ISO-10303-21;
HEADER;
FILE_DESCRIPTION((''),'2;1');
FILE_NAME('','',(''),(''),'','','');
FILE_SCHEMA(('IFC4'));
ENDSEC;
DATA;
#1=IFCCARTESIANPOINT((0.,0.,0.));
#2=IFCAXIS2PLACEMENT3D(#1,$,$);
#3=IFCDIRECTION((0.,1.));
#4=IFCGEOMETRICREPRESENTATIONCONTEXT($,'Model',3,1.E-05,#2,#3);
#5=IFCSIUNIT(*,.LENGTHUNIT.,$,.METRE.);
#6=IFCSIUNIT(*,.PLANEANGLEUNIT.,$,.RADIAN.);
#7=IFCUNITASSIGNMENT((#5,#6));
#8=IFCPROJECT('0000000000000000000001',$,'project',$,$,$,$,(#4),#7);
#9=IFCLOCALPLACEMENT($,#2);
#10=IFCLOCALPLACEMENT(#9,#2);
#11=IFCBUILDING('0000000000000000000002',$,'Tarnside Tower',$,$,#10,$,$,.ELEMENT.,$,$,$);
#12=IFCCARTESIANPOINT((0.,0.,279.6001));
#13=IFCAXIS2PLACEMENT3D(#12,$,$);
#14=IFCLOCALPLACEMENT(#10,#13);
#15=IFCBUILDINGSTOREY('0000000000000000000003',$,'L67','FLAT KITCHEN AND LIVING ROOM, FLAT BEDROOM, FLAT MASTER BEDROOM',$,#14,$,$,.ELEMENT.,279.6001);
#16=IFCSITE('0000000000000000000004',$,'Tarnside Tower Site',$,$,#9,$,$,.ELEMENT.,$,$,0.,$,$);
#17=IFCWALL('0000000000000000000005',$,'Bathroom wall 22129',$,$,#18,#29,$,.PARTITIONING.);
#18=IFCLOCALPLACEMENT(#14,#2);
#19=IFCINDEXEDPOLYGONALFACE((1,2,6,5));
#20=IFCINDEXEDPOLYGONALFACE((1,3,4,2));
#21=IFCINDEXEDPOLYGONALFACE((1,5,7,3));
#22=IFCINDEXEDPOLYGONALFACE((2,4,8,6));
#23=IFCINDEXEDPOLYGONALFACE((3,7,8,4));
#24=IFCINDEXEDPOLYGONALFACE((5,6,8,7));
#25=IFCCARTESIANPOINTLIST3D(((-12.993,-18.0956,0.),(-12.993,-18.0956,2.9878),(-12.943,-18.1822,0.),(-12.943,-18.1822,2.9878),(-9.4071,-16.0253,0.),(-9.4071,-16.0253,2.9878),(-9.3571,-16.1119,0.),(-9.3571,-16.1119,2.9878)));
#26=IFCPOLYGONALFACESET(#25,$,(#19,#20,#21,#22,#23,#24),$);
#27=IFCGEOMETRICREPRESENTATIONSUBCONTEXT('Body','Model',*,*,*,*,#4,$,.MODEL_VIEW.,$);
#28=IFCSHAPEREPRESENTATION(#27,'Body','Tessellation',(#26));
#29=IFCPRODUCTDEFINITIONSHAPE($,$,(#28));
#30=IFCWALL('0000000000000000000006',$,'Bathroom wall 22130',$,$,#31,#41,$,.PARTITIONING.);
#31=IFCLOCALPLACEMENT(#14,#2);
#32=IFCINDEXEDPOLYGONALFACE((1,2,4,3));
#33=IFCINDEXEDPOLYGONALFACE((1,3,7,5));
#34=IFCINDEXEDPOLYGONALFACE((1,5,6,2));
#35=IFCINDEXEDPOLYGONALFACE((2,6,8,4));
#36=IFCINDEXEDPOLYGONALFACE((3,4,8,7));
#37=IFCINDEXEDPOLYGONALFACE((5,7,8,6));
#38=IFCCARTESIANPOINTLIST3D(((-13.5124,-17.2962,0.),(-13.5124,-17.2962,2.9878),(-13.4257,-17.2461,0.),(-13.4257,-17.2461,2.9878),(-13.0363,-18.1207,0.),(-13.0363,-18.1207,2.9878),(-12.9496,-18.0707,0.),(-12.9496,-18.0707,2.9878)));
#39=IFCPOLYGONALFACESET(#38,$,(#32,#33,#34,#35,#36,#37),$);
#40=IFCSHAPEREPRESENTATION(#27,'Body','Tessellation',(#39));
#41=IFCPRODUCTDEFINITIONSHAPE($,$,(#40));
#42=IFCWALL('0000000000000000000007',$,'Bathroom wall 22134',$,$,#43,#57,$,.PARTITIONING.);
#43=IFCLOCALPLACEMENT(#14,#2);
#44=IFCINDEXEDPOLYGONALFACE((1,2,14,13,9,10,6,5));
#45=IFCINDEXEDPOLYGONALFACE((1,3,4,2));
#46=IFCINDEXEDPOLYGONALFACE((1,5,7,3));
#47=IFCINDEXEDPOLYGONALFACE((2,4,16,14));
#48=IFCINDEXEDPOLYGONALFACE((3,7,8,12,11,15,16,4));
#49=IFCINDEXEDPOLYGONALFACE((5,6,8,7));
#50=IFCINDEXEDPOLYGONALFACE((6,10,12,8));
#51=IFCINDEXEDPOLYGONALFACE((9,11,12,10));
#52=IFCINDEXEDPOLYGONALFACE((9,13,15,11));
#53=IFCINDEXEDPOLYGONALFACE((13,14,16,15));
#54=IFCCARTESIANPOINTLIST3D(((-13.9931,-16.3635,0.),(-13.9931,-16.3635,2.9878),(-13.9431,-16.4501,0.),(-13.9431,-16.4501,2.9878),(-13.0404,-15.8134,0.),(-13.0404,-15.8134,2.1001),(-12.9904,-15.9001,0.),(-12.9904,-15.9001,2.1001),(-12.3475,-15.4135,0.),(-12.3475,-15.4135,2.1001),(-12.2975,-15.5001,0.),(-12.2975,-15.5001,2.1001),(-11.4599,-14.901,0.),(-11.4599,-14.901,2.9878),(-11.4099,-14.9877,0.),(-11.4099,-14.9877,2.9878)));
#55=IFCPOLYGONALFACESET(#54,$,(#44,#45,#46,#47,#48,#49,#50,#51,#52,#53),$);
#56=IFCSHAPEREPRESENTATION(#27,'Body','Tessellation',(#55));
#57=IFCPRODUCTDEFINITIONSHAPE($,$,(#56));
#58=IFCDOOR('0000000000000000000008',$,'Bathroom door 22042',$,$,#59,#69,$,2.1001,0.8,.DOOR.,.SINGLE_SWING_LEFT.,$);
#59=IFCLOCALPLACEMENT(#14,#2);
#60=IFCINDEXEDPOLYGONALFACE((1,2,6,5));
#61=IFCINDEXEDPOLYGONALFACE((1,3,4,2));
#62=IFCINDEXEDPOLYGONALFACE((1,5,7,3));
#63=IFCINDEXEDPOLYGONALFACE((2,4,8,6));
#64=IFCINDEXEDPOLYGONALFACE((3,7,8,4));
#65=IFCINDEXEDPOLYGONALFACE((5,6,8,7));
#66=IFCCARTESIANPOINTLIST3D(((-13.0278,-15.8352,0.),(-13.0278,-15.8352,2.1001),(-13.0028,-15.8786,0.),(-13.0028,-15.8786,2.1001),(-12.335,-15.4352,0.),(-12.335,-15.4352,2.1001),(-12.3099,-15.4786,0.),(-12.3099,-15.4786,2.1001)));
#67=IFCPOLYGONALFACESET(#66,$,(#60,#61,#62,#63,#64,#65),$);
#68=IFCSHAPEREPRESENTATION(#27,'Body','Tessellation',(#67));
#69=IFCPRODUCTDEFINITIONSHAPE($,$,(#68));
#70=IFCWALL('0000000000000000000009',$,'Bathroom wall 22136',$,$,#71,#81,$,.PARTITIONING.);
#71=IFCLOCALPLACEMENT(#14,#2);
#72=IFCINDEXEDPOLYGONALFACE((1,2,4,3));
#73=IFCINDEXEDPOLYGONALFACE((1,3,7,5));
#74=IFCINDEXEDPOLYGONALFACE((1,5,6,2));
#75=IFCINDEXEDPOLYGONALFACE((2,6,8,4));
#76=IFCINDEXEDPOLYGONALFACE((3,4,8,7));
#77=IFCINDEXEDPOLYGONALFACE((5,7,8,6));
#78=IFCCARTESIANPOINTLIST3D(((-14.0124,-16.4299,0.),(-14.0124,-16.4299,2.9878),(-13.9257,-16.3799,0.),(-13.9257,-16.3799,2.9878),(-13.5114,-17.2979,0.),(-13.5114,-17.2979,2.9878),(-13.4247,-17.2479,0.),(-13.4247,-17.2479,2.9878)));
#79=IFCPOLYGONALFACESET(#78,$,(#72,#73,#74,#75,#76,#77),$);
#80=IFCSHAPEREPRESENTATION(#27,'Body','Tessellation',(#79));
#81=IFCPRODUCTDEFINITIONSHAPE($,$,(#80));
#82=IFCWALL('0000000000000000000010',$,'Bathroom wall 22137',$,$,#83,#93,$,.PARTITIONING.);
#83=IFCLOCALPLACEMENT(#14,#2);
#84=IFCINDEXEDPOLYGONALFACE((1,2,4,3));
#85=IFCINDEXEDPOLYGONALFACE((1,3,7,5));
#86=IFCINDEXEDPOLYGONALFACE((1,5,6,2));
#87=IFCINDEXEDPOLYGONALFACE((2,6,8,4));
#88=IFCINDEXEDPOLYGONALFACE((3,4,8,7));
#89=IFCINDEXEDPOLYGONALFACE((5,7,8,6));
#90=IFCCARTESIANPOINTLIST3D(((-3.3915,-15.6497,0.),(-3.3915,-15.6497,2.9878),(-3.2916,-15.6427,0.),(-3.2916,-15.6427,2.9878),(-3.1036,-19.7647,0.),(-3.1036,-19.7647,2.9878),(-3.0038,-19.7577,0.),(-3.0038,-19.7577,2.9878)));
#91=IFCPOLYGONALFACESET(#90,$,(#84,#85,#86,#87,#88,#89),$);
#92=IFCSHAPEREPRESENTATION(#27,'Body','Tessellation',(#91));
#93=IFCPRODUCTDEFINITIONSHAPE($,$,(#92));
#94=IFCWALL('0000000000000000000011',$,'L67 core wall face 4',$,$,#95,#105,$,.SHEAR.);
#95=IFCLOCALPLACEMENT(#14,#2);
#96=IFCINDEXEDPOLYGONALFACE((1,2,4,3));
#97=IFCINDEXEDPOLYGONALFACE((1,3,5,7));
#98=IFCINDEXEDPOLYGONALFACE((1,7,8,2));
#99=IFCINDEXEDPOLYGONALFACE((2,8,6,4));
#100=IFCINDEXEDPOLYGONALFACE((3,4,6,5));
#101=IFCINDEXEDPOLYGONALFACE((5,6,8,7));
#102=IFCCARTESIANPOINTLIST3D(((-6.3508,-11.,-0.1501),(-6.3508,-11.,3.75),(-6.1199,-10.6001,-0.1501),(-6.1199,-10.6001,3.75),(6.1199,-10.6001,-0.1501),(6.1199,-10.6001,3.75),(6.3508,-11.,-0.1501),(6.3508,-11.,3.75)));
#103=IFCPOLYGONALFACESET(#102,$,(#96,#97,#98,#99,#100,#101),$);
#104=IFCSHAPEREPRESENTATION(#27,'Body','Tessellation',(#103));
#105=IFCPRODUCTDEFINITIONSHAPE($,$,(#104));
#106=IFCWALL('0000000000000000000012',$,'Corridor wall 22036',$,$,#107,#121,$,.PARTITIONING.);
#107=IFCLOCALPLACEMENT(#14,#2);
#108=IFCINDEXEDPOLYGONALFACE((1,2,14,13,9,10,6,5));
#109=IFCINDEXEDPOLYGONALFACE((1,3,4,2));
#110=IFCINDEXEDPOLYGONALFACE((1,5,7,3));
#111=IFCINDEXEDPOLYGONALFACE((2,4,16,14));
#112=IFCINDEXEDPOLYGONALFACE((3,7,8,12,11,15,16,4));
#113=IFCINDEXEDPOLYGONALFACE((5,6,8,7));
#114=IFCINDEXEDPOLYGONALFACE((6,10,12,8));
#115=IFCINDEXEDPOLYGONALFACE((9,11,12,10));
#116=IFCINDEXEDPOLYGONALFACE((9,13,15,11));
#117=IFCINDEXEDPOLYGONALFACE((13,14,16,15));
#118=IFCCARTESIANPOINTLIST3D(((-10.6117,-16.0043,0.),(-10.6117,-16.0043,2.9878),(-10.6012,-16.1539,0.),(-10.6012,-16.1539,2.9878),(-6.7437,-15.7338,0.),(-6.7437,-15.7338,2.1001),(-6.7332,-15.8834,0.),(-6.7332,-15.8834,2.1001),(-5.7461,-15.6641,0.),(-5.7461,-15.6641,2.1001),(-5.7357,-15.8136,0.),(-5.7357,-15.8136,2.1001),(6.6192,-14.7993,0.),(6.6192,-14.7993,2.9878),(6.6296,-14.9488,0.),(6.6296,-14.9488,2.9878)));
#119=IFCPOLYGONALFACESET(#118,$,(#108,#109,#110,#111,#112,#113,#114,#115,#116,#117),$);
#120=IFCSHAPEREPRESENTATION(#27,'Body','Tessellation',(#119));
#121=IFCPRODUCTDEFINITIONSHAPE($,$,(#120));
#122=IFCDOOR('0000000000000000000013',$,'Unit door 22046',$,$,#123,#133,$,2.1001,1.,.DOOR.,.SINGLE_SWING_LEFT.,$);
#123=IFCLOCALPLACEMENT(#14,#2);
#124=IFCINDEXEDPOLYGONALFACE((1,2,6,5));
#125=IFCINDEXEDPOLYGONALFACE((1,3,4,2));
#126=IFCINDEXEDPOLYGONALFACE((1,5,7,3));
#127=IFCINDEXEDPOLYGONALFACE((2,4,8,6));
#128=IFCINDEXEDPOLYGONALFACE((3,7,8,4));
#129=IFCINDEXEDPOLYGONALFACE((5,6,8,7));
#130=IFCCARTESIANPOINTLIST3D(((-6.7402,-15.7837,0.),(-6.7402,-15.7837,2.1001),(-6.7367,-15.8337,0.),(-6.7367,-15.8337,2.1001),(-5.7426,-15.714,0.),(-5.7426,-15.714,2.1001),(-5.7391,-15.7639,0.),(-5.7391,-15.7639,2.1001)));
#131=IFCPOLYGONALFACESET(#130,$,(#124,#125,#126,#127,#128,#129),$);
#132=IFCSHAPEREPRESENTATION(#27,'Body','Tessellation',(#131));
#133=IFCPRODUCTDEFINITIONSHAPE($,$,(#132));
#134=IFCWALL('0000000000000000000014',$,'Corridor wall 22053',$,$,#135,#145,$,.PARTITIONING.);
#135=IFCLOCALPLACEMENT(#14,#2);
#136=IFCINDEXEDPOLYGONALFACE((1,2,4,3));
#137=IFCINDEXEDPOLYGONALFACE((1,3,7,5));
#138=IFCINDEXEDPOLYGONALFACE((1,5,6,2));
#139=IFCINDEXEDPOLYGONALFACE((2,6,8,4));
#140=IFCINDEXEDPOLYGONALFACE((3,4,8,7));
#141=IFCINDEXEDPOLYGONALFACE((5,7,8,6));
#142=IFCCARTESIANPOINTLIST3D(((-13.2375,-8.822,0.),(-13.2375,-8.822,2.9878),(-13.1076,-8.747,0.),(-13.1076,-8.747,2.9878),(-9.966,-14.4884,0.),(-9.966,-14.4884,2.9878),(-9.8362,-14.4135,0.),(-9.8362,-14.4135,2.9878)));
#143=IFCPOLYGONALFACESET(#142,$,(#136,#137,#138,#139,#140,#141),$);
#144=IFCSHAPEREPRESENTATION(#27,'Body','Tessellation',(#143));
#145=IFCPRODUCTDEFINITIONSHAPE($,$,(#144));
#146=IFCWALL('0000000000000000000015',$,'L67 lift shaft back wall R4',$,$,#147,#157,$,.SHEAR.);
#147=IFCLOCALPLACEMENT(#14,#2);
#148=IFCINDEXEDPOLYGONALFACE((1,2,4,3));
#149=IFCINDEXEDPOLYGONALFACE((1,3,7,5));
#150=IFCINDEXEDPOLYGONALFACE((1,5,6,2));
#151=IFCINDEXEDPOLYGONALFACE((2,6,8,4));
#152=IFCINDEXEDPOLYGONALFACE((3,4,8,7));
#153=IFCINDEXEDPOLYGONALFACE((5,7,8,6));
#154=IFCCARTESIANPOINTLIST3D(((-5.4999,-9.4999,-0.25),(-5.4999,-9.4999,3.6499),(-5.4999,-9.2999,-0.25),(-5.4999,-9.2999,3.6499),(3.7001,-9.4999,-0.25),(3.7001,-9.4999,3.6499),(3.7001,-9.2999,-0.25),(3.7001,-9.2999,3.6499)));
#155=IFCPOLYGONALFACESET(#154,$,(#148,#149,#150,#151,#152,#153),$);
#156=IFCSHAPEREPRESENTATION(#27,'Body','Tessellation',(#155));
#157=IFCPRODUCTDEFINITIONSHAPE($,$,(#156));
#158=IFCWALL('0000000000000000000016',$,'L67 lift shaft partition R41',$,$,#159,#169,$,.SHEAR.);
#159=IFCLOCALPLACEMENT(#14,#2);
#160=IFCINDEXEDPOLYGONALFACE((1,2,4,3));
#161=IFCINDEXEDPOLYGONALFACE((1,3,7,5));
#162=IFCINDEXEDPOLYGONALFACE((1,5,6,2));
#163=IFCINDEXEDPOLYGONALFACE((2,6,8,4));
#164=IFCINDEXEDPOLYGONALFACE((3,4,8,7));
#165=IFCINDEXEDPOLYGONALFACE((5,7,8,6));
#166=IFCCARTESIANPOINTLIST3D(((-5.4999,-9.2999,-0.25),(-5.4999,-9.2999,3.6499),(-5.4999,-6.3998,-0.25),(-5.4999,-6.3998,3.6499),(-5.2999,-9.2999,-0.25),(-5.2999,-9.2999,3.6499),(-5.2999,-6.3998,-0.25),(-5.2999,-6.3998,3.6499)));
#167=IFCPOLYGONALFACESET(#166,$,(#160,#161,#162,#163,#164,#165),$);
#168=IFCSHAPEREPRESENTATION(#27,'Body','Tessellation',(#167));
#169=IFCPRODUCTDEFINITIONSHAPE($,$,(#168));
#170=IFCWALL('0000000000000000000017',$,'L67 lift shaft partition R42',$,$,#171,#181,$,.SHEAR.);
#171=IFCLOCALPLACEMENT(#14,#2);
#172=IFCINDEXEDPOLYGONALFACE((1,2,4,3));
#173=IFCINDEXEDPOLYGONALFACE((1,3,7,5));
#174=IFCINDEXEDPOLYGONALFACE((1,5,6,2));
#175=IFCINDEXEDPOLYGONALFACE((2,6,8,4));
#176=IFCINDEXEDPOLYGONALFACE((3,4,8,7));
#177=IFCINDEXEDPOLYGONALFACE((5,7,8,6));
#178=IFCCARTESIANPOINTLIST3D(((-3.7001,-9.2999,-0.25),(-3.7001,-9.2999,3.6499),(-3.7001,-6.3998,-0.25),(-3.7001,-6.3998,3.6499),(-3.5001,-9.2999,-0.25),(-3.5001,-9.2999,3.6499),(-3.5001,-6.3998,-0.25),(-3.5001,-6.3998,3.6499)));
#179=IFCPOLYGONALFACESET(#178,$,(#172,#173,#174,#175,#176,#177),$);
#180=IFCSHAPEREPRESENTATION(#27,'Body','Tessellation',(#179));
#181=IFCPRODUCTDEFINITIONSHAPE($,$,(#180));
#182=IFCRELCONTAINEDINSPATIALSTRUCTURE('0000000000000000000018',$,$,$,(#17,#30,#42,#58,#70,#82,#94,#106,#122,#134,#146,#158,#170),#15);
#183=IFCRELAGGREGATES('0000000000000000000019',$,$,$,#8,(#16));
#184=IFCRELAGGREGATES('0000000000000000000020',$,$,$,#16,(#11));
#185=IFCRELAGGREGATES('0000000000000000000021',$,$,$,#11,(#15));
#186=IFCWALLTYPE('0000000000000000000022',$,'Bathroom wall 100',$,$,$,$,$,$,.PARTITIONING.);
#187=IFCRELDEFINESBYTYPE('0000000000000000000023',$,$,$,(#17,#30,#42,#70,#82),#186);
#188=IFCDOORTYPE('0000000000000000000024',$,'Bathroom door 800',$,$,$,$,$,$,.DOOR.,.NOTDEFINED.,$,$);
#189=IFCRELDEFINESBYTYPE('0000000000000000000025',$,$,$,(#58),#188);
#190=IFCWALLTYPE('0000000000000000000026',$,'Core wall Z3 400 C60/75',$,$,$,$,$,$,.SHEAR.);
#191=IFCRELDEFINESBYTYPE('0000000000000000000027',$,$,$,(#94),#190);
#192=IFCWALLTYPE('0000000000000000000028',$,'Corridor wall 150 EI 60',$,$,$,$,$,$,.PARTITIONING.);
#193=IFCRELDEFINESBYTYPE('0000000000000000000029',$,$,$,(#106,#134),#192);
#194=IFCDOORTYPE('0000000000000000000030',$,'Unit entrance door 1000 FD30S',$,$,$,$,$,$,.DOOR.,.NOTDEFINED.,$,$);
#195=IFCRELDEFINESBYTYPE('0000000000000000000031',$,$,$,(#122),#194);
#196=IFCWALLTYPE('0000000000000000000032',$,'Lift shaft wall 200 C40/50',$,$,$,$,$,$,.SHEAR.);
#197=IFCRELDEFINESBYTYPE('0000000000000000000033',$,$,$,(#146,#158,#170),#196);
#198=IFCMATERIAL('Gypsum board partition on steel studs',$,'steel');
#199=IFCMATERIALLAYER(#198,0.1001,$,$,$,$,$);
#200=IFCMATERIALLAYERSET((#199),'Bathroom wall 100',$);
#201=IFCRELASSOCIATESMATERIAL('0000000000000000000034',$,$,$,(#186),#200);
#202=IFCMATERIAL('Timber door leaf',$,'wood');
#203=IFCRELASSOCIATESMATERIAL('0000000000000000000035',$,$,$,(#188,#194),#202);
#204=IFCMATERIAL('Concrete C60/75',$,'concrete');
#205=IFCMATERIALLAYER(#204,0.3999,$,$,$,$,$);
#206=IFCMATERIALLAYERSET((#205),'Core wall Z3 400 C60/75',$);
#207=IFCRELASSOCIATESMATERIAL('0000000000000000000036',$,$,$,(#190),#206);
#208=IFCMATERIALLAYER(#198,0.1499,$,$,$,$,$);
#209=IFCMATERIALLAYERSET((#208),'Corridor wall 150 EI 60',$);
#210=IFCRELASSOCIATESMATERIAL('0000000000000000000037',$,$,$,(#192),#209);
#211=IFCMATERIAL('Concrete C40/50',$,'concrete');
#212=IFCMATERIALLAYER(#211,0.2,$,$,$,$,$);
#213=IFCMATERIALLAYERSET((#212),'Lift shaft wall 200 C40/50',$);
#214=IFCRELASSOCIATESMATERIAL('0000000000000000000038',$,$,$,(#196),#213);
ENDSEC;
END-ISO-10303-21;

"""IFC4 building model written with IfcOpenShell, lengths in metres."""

from ifc_helpers import new_model, si_unit, direction, frame, frame_2d, origin, place, context, subcontext, project, spatial, polyline, rectangle, outline, extrude, material, layer, layer_set, type_object, element, fill, save


model = new_model("IFC4")

# Units and contexts
model_context = context("Model", 3, precision=1e-05, world=origin(), true_north=direction((0.0, 1.0)))
body_context = subcontext(model_context, "Body", "Model", "MODEL_VIEW")
ifc_project = project(units=[si_unit("LENGTHUNIT", "METRE"), si_unit("PLANEANGLEUNIT", "RADIAN")], contexts=[model_context])

# Site, building, storey
site_placement = place(None, origin())
site = spatial("IfcSite", under=ifc_project, at=site_placement, Name="Tarnside Tower Site", CompositionType="ELEMENT", RefElevation=0.0)
building_placement = place(site_placement, origin())
building = spatial("IfcBuilding", under=site, at=building_placement, Name="Tarnside Tower", CompositionType="ELEMENT")
storey_placement = place(building_placement, frame((0.0, 0.0, 279.6001)))
storey = spatial("IfcBuildingStorey", under=building, at=storey_placement, Name="L67", Description="FLAT KITCHEN AND LIVING ROOM, FLAT BEDROOM, FLAT MASTER BEDROOM", CompositionType="ELEMENT", Elevation=279.6001)

# Walls
ifc_material_1 = material(Name="Gypsum board partition on steel studs", Category="steel")
ifc_layer_1 = layer(ifc_material_1, 0.1001)
ifc_layer_set_1 = layer_set([ifc_layer_1], Name="Bathroom wall 100")
wall_type_1 = type_object("IfcWallType", Name="Bathroom wall 100", PredefinedType="PARTITIONING", material=ifc_layer_set_1)
wall_1_placement = place(storey_placement, frame((-9.3821, -16.0686, 0.0), z_axis=(0.0, 0.0, 1.0), x_axis=(-0.866028, -0.499995, 0.0)))
element("IfcWall", 1, at=wall_1_placement, inside=storey, type_object=wall_type_1, Name="Bathroom wall 22129", PredefinedType="PARTITIONING", context=body_context, shape_type="SweptSolid", body=[
    extrude(rectangle(XDim=4.1406, YDim=0.1001, at=frame_2d((2.0703, 0.0))), origin(), (0.0, 0.0, 1.0), 2.9878),
])
wall_2_placement = place(storey_placement, frame((-12.9929, -18.0957, 0.0), z_axis=(0.0, 0.0, 1.0), x_axis=(-0.500055, 0.865993, 0.0)))
element("IfcWall", 2, at=wall_2_placement, inside=storey, type_object=wall_type_1, Name="Bathroom wall 22130", PredefinedType="PARTITIONING", context=body_context, shape_type="SweptSolid", body=[
    extrude(rectangle(XDim=0.9521, YDim=0.1001, at=frame_2d((0.4761, 0.0))), origin(), (0.0, 0.0, 1.0), 2.9878),
])

# Wall, opening, door
wall_3_placement = place(storey_placement, frame((-13.968, -16.4067, 0.0), z_axis=(0.0, 0.0, 1.0), x_axis=(0.866047, 0.499963, 0.0)))
wall_3 = element("IfcWall", 3, at=wall_3_placement, inside=storey, type_object=wall_type_1, Name="Bathroom wall 22134", PredefinedType="PARTITIONING", context=body_context, shape_type="SweptSolid", body=[
    extrude(rectangle(XDim=2.925, YDim=0.1001, at=frame_2d((1.4624, 0.0))), origin(), (0.0, 0.0, 1.0), 2.9878),
])
opening_1_placement = place(wall_3_placement, frame((1.1001, 0.0, 0.0)))
opening_1 = element("IfcOpeningElement", 4, at=opening_1_placement, cuts=wall_3, PredefinedType="OPENING", context=body_context, shape_type="SweptSolid", body=[
    extrude(rectangle(XDim=0.8, YDim=2.1001, at=frame_2d((0.3999, 1.05))), frame((0.0, 0.0601, 0.0), z_axis=(0.0, -1.0, 0.0), x_axis=(1.0, 0.0, 0.0)), (0.0, 0.0, 1.0), 0.1201),
])
ifc_material_2 = material(Name="Timber door leaf", Category="wood")
door_type_1 = type_object("IfcDoorType", Name="Bathroom door 800", OperationType="NOTDEFINED", PredefinedType="DOOR", material=ifc_material_2)
door_1_placement = place(opening_1_placement, origin())
door_1 = element("IfcDoor", 5, at=door_1_placement, inside=storey, type_object=door_type_1, Name="Bathroom door 22042", OperationType="SINGLE_SWING_LEFT", OverallHeight=2.1001, OverallWidth=0.8, PredefinedType="DOOR", context=body_context, shape_type="SweptSolid", body=[
    extrude(rectangle(XDim=0.8, YDim=2.1001, at=frame_2d((0.3999, 1.05))), frame((0.0, 0.0249, 0.0), z_axis=(0.0, -1.0, 0.0), x_axis=(1.0, 0.0, 0.0)), (0.0, 0.0, 1.0), 0.05),
])
fill(opening_1, door_1)

# Walls
wall_4_placement = place(storey_placement, frame((-13.969, -16.405, 0.0), z_axis=(0.0, 0.0, 1.0), x_axis=(0.499912, -0.866076, 0.0)))
element("IfcWall", 6, at=wall_4_placement, inside=storey, type_object=wall_type_1, Name="Bathroom wall 22136", PredefinedType="PARTITIONING", context=body_context, shape_type="SweptSolid", body=[
    extrude(rectangle(XDim=1.0022, YDim=0.1001, at=frame_2d((0.501, 0.0))), origin(), (0.0, 0.0, 1.0), 2.9878),
])
wall_5_placement = place(storey_placement, frame((-3.3416, -15.6462, 0.0), z_axis=(0.0, 0.0, 1.0), x_axis=(0.069779, -0.997562, 0.0)))
element("IfcWall", 7, at=wall_5_placement, inside=storey, type_object=wall_type_1, Name="Bathroom wall 22137", PredefinedType="PARTITIONING", context=body_context, shape_type="SweptSolid", body=[
    extrude(rectangle(XDim=4.125, YDim=0.1001, at=frame_2d((2.0625, 0.0))), origin(), (0.0, 0.0, 1.0), 2.9878),
])
ifc_material_3 = material(Name="Concrete C60/75", Category="concrete")
ifc_layer_2 = layer(ifc_material_3, 0.3999)
ifc_layer_set_2 = layer_set([ifc_layer_2], Name="Core wall Z3 400 C60/75")
wall_type_2 = type_object("IfcWallType", Name="Core wall Z3 400 C60/75", PredefinedType="SHEAR", material=ifc_layer_set_2)
wall_6_placement = place(storey_placement, frame((-6.2354, -10.8, -0.1501), z_axis=(0.0, 0.0, 1.0), x_axis=(1.0, 0.0, 0.0)))
element("IfcWall", 8, at=wall_6_placement, inside=storey, type_object=wall_type_2, Name="L67 core wall face 4", PredefinedType="SHEAR", context=body_context, shape_type="SweptSolid", body=[
    extrude(outline(polyline([(-0.1155, -0.2), (12.5862, -0.2), (12.3552, 0.2), (0.1155, 0.2), (-0.1155, -0.2)])), origin(), (0.0, 0.0, 1.0), 3.9001),
])

# Wall, opening, door
ifc_layer_3 = layer(ifc_material_1, 0.1499)
ifc_layer_set_3 = layer_set([ifc_layer_3], Name="Corridor wall 150 EI 60")
wall_type_3 = type_object("IfcWallType", Name="Corridor wall 150 EI 60", PredefinedType="PARTITIONING", material=ifc_layer_set_3)
wall_7_placement = place(storey_placement, frame((-10.6064, -16.0791, 0.0), z_axis=(0.0, 0.0, 1.0), x_axis=(0.997563, 0.069766, 0.0)))
wall_7 = element("IfcWall", 9, at=wall_7_placement, inside=storey, type_object=wall_type_3, Name="Corridor wall 22036", PredefinedType="PARTITIONING", context=body_context, shape_type="SweptSolid", body=[
    extrude(rectangle(XDim=17.2729, YDim=0.1499, at=frame_2d((8.6365, 0.0))), origin(), (0.0, 0.0, 1.0), 2.9878),
])
opening_2_placement = place(wall_7_placement, frame((3.8774, 0.0, 0.0)))
opening_2 = element("IfcOpeningElement", 10, at=opening_2_placement, cuts=wall_7, PredefinedType="OPENING", context=body_context, shape_type="SweptSolid", body=[
    extrude(rectangle(XDim=1.0, YDim=2.1001, at=frame_2d((0.5, 1.05))), frame((0.0, 0.085, 0.0), z_axis=(0.0, -1.0, 0.0), x_axis=(1.0, 0.0, 0.0)), (0.0, 0.0, 1.0), 0.1699),
])
door_type_2 = type_object("IfcDoorType", Name="Unit entrance door 1000 FD30S", OperationType="NOTDEFINED", PredefinedType="DOOR", material=ifc_material_2)
door_2_placement = place(opening_2_placement, origin())
door_2 = element("IfcDoor", 11, at=door_2_placement, inside=storey, type_object=door_type_2, Name="Unit door 22046", OperationType="SINGLE_SWING_LEFT", OverallHeight=2.1001, OverallWidth=1.0, PredefinedType="DOOR", context=body_context, shape_type="SweptSolid", body=[
    extrude(rectangle(XDim=1.0, YDim=2.1001, at=frame_2d((0.5, 1.05))), frame((0.0, 0.0249, 0.0), z_axis=(0.0, -1.0, 0.0), x_axis=(1.0, 0.0, 0.0)), (0.0, 0.0, 1.0), 0.05),
])
fill(opening_2, door_2)

# Walls
wall_8_placement = place(storey_placement, frame((-9.9011, -14.4509, 0.0), z_axis=(0.0, 0.0, 1.0), x_axis=(-0.499992, 0.86603, 0.0)))
element("IfcWall", 12, at=wall_8_placement, inside=storey, type_object=wall_type_3, Name="Corridor wall 22053", PredefinedType="PARTITIONING", context=body_context, shape_type="SweptSolid", body=[
    extrude(rectangle(XDim=6.543, YDim=0.1499, at=frame_2d((3.2715, 0.0))), origin(), (0.0, 0.0, 1.0), 2.9878),
])
ifc_material_4 = material(Name="Concrete C40/50", Category="concrete")
ifc_layer_4 = layer(ifc_material_4, 0.2)
ifc_layer_set_4 = layer_set([ifc_layer_4], Name="Lift shaft wall 200 C40/50")
wall_type_4 = type_object("IfcWallType", Name="Lift shaft wall 200 C40/50", PredefinedType="SHEAR", material=ifc_layer_set_4)
wall_9_placement = place(storey_placement, frame((-5.5, -9.3999, -0.25), z_axis=(0.0, 0.0, 1.0), x_axis=(1.0, 0.0, 0.0)))
element("IfcWall", 13, at=wall_9_placement, inside=storey, type_object=wall_type_4, Name="L67 lift shaft back wall R4", PredefinedType="SHEAR", context=body_context, shape_type="SweptSolid", body=[
    extrude(rectangle(XDim=9.2, YDim=0.2, at=frame_2d((4.6001, 0.0))), origin(), (0.0, 0.0, 1.0), 3.8999),
])
for number, where, z_axis, x_axis, name in (
    (14, (-5.3999, -9.3, -0.25), (0.0, 0.0, 1.0), (0.0, 1.0, 0.0), "L67 lift shaft partition R41"),
    (15, (-3.6001, -9.3, -0.25), (0.0, 0.0, 1.0), (0.0, 1.0, 0.0), "L67 lift shaft partition R42"),
):
    element("IfcWall", number, at=place(storey_placement, frame(where, z_axis=z_axis, x_axis=x_axis)), inside=storey, type_object=wall_type_4, Name=name, PredefinedType="SHEAR", context=body_context, shape_type="SweptSolid", body=[
        extrude(rectangle(XDim=2.9001, YDim=0.2, at=frame_2d((1.4502, 0.0))), origin(), (0.0, 0.0, 1.0), 3.8999),
    ])

save(model, "model.ifc")
